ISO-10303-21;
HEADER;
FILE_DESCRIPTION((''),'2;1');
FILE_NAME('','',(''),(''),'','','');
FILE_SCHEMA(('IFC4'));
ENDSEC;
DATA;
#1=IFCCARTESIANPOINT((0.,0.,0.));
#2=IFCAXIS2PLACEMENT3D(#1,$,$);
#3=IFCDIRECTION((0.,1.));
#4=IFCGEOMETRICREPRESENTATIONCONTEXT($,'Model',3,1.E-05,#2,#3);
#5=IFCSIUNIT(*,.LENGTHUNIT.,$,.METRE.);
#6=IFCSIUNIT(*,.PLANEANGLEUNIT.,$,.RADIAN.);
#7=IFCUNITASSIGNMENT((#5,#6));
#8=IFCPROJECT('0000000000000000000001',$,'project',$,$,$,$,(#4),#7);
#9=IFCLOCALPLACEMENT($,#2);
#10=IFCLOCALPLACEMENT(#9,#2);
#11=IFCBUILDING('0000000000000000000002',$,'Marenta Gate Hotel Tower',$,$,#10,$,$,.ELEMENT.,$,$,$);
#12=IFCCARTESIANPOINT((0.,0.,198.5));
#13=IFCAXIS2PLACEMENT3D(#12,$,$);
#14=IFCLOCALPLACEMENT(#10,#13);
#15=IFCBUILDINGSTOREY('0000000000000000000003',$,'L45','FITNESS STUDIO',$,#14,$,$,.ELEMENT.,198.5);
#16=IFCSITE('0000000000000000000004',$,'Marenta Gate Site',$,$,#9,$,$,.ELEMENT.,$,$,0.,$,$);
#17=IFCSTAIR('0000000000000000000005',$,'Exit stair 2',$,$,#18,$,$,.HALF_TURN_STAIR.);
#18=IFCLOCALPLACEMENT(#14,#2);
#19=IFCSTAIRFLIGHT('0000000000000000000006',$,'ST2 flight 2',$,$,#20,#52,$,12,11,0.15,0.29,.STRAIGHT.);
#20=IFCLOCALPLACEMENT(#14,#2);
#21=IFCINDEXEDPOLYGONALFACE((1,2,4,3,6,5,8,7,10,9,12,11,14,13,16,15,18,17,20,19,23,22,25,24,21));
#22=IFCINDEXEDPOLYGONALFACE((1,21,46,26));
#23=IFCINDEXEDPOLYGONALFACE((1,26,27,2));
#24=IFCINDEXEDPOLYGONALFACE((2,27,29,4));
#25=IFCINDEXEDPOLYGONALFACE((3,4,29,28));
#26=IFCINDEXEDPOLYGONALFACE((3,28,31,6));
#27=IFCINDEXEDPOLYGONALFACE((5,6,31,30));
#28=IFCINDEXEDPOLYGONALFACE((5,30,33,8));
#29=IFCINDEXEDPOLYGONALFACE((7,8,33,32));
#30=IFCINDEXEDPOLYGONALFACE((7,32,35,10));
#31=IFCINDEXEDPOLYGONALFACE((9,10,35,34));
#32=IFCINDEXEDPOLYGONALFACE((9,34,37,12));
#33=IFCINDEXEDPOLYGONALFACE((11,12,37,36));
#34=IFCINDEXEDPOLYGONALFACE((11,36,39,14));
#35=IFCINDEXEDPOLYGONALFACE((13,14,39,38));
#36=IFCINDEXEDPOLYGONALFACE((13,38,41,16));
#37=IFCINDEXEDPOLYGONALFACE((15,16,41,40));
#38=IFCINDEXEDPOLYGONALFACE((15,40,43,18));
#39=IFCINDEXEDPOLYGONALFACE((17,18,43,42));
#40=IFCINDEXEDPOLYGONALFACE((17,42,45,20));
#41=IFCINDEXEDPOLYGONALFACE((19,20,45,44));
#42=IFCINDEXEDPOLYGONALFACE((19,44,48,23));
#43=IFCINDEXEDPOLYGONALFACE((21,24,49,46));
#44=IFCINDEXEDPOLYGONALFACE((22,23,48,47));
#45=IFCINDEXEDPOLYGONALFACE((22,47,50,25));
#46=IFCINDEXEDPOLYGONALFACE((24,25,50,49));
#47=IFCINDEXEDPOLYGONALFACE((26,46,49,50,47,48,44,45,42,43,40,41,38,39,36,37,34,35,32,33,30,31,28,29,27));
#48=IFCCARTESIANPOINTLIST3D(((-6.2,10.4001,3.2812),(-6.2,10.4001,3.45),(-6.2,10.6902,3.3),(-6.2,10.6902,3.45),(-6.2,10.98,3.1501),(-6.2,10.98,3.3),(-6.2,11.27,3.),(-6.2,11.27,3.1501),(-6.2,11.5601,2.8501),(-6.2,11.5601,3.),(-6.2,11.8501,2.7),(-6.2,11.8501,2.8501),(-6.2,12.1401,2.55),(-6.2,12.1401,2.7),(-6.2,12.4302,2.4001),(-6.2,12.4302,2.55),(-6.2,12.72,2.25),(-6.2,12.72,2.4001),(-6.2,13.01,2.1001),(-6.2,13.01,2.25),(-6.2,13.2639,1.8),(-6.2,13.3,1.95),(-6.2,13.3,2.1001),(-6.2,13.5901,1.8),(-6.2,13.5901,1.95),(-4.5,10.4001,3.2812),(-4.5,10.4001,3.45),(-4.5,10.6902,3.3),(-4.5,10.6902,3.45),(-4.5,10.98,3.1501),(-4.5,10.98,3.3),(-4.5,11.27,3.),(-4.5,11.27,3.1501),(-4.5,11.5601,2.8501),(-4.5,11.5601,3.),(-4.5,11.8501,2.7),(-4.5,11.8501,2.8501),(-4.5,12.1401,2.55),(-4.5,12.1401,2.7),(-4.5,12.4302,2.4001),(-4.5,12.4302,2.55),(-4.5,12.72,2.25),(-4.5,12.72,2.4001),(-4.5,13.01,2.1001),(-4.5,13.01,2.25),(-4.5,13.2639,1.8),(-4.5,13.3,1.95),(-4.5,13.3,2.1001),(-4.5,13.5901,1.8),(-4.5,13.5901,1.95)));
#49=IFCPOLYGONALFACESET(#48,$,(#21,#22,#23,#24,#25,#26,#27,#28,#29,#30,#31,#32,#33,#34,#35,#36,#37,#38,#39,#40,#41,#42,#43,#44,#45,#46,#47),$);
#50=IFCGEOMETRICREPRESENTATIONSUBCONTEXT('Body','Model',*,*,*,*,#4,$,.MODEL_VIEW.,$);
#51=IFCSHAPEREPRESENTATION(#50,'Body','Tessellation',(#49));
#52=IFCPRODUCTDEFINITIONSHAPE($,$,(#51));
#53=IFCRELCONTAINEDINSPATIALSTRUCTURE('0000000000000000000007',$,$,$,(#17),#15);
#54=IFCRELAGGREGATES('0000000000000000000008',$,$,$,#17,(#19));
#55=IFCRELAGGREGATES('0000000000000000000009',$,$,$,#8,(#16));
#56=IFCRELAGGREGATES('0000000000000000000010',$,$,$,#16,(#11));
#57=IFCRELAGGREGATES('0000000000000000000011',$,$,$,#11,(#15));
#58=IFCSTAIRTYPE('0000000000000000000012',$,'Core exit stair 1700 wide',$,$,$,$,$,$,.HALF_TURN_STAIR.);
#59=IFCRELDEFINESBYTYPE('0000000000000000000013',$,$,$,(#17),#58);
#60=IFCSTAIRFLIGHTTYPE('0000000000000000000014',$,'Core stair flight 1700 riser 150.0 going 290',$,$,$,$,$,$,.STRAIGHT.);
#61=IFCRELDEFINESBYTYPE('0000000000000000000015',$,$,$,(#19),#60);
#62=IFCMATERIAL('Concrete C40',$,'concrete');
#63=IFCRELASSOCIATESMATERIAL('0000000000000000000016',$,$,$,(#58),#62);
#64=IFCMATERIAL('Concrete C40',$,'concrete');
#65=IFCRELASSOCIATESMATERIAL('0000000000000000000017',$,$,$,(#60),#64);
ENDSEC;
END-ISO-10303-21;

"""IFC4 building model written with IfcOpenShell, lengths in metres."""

from ifc_helpers import new_model, si_unit, direction, frame, origin, place, context, subcontext, project, spatial, polyline, outline, extrude, material, type_object, element, aggregate, save


model = new_model("IFC4")

# Units and contexts
model_context = context("Model", 3, precision=1e-05, world=origin(), true_north=direction((0.0, 1.0)))
body_context = subcontext(model_context, "Body", "Model", "MODEL_VIEW")
ifc_project = project(units=[si_unit("LENGTHUNIT", "METRE"), si_unit("PLANEANGLEUNIT", "RADIAN")], contexts=[model_context])

# Site, building, storey
site_placement = place(None, origin())
site = spatial("IfcSite", under=ifc_project, at=site_placement, Name="Marenta Gate Site", CompositionType="ELEMENT", RefElevation=0.0)
building_placement = place(site_placement, origin())
building = spatial("IfcBuilding", under=site, at=building_placement, Name="Marenta Gate Hotel Tower", CompositionType="ELEMENT")
storey_placement = place(building_placement, frame((0.0, 0.0, 198.5)))
storey = spatial("IfcBuildingStorey", under=building, at=storey_placement, Name="L45", Description="FITNESS STUDIO", CompositionType="ELEMENT", Elevation=198.5)

# Stair, stair flight
ifc_material_1 = material(Name="Concrete C40", Category="concrete")
stair_type = type_object("IfcStairType", Name="Core exit stair 1700 wide", PredefinedType="HALF_TURN_STAIR", material=ifc_material_1)
stair_placement = place(storey_placement, origin())
stair = element("IfcStair", 1, at=stair_placement, inside=storey, type_object=stair_type, Name="Exit stair 2", PredefinedType="HALF_TURN_STAIR")
ifc_material_2 = material(Name="Concrete C40", Category="concrete")
stair_flight_type = type_object("IfcStairFlightType", Name="Core stair flight 1700 riser 150.0 going 290", PredefinedType="STRAIGHT", material=ifc_material_2)
stair_flight_1_placement = place(storey_placement, frame((-5.3501, 13.5901, 1.8), z_axis=(0.0, 0.0, 1.0), x_axis=(0.0, -1.0, 0.0)))
stair_flight_1 = element("IfcStairFlight", 2, at=stair_flight_1_placement, type_object=stair_flight_type, Name="ST2 flight 2", NumberOfRisers=12, NumberOfTreads=11, PredefinedType="STRAIGHT", RiserHeight=0.15, TreadLength=0.29, context=body_context, shape_type="SweptSolid", body=[
    extrude(outline(polyline([(0.0, 0.0), (0.0, 0.1499), (0.29, 0.1499), (0.29, 0.3), (0.5801, 0.3), (0.5801, 0.45), (0.8701, 0.45), (0.8701, 0.6001), (1.1599, 0.6001), (1.1599, 0.75), (1.45, 0.75), (1.45, 0.8999), (1.74, 0.8999), (1.74, 1.05), (2.03, 1.05), (2.03, 1.2), (2.3201, 1.2), (2.3201, 1.3501), (2.6101, 1.3501), (2.6101, 1.5), (2.8999, 1.5), (2.8999, 1.6499), (3.1899, 1.6499), (3.1899, 1.8), (3.1899, 1.4812), (0.3262, 0.0), (0.0, 0.0)])), frame((0.0, 0.8501, 0.0), z_axis=(0.0, -1.0, 0.0), x_axis=(1.0, 0.0, 0.0)), (0.0, 0.0, 1.0), 1.7),
])
aggregate(stair, [stair_flight_1])

save(model, "model.ifc")
